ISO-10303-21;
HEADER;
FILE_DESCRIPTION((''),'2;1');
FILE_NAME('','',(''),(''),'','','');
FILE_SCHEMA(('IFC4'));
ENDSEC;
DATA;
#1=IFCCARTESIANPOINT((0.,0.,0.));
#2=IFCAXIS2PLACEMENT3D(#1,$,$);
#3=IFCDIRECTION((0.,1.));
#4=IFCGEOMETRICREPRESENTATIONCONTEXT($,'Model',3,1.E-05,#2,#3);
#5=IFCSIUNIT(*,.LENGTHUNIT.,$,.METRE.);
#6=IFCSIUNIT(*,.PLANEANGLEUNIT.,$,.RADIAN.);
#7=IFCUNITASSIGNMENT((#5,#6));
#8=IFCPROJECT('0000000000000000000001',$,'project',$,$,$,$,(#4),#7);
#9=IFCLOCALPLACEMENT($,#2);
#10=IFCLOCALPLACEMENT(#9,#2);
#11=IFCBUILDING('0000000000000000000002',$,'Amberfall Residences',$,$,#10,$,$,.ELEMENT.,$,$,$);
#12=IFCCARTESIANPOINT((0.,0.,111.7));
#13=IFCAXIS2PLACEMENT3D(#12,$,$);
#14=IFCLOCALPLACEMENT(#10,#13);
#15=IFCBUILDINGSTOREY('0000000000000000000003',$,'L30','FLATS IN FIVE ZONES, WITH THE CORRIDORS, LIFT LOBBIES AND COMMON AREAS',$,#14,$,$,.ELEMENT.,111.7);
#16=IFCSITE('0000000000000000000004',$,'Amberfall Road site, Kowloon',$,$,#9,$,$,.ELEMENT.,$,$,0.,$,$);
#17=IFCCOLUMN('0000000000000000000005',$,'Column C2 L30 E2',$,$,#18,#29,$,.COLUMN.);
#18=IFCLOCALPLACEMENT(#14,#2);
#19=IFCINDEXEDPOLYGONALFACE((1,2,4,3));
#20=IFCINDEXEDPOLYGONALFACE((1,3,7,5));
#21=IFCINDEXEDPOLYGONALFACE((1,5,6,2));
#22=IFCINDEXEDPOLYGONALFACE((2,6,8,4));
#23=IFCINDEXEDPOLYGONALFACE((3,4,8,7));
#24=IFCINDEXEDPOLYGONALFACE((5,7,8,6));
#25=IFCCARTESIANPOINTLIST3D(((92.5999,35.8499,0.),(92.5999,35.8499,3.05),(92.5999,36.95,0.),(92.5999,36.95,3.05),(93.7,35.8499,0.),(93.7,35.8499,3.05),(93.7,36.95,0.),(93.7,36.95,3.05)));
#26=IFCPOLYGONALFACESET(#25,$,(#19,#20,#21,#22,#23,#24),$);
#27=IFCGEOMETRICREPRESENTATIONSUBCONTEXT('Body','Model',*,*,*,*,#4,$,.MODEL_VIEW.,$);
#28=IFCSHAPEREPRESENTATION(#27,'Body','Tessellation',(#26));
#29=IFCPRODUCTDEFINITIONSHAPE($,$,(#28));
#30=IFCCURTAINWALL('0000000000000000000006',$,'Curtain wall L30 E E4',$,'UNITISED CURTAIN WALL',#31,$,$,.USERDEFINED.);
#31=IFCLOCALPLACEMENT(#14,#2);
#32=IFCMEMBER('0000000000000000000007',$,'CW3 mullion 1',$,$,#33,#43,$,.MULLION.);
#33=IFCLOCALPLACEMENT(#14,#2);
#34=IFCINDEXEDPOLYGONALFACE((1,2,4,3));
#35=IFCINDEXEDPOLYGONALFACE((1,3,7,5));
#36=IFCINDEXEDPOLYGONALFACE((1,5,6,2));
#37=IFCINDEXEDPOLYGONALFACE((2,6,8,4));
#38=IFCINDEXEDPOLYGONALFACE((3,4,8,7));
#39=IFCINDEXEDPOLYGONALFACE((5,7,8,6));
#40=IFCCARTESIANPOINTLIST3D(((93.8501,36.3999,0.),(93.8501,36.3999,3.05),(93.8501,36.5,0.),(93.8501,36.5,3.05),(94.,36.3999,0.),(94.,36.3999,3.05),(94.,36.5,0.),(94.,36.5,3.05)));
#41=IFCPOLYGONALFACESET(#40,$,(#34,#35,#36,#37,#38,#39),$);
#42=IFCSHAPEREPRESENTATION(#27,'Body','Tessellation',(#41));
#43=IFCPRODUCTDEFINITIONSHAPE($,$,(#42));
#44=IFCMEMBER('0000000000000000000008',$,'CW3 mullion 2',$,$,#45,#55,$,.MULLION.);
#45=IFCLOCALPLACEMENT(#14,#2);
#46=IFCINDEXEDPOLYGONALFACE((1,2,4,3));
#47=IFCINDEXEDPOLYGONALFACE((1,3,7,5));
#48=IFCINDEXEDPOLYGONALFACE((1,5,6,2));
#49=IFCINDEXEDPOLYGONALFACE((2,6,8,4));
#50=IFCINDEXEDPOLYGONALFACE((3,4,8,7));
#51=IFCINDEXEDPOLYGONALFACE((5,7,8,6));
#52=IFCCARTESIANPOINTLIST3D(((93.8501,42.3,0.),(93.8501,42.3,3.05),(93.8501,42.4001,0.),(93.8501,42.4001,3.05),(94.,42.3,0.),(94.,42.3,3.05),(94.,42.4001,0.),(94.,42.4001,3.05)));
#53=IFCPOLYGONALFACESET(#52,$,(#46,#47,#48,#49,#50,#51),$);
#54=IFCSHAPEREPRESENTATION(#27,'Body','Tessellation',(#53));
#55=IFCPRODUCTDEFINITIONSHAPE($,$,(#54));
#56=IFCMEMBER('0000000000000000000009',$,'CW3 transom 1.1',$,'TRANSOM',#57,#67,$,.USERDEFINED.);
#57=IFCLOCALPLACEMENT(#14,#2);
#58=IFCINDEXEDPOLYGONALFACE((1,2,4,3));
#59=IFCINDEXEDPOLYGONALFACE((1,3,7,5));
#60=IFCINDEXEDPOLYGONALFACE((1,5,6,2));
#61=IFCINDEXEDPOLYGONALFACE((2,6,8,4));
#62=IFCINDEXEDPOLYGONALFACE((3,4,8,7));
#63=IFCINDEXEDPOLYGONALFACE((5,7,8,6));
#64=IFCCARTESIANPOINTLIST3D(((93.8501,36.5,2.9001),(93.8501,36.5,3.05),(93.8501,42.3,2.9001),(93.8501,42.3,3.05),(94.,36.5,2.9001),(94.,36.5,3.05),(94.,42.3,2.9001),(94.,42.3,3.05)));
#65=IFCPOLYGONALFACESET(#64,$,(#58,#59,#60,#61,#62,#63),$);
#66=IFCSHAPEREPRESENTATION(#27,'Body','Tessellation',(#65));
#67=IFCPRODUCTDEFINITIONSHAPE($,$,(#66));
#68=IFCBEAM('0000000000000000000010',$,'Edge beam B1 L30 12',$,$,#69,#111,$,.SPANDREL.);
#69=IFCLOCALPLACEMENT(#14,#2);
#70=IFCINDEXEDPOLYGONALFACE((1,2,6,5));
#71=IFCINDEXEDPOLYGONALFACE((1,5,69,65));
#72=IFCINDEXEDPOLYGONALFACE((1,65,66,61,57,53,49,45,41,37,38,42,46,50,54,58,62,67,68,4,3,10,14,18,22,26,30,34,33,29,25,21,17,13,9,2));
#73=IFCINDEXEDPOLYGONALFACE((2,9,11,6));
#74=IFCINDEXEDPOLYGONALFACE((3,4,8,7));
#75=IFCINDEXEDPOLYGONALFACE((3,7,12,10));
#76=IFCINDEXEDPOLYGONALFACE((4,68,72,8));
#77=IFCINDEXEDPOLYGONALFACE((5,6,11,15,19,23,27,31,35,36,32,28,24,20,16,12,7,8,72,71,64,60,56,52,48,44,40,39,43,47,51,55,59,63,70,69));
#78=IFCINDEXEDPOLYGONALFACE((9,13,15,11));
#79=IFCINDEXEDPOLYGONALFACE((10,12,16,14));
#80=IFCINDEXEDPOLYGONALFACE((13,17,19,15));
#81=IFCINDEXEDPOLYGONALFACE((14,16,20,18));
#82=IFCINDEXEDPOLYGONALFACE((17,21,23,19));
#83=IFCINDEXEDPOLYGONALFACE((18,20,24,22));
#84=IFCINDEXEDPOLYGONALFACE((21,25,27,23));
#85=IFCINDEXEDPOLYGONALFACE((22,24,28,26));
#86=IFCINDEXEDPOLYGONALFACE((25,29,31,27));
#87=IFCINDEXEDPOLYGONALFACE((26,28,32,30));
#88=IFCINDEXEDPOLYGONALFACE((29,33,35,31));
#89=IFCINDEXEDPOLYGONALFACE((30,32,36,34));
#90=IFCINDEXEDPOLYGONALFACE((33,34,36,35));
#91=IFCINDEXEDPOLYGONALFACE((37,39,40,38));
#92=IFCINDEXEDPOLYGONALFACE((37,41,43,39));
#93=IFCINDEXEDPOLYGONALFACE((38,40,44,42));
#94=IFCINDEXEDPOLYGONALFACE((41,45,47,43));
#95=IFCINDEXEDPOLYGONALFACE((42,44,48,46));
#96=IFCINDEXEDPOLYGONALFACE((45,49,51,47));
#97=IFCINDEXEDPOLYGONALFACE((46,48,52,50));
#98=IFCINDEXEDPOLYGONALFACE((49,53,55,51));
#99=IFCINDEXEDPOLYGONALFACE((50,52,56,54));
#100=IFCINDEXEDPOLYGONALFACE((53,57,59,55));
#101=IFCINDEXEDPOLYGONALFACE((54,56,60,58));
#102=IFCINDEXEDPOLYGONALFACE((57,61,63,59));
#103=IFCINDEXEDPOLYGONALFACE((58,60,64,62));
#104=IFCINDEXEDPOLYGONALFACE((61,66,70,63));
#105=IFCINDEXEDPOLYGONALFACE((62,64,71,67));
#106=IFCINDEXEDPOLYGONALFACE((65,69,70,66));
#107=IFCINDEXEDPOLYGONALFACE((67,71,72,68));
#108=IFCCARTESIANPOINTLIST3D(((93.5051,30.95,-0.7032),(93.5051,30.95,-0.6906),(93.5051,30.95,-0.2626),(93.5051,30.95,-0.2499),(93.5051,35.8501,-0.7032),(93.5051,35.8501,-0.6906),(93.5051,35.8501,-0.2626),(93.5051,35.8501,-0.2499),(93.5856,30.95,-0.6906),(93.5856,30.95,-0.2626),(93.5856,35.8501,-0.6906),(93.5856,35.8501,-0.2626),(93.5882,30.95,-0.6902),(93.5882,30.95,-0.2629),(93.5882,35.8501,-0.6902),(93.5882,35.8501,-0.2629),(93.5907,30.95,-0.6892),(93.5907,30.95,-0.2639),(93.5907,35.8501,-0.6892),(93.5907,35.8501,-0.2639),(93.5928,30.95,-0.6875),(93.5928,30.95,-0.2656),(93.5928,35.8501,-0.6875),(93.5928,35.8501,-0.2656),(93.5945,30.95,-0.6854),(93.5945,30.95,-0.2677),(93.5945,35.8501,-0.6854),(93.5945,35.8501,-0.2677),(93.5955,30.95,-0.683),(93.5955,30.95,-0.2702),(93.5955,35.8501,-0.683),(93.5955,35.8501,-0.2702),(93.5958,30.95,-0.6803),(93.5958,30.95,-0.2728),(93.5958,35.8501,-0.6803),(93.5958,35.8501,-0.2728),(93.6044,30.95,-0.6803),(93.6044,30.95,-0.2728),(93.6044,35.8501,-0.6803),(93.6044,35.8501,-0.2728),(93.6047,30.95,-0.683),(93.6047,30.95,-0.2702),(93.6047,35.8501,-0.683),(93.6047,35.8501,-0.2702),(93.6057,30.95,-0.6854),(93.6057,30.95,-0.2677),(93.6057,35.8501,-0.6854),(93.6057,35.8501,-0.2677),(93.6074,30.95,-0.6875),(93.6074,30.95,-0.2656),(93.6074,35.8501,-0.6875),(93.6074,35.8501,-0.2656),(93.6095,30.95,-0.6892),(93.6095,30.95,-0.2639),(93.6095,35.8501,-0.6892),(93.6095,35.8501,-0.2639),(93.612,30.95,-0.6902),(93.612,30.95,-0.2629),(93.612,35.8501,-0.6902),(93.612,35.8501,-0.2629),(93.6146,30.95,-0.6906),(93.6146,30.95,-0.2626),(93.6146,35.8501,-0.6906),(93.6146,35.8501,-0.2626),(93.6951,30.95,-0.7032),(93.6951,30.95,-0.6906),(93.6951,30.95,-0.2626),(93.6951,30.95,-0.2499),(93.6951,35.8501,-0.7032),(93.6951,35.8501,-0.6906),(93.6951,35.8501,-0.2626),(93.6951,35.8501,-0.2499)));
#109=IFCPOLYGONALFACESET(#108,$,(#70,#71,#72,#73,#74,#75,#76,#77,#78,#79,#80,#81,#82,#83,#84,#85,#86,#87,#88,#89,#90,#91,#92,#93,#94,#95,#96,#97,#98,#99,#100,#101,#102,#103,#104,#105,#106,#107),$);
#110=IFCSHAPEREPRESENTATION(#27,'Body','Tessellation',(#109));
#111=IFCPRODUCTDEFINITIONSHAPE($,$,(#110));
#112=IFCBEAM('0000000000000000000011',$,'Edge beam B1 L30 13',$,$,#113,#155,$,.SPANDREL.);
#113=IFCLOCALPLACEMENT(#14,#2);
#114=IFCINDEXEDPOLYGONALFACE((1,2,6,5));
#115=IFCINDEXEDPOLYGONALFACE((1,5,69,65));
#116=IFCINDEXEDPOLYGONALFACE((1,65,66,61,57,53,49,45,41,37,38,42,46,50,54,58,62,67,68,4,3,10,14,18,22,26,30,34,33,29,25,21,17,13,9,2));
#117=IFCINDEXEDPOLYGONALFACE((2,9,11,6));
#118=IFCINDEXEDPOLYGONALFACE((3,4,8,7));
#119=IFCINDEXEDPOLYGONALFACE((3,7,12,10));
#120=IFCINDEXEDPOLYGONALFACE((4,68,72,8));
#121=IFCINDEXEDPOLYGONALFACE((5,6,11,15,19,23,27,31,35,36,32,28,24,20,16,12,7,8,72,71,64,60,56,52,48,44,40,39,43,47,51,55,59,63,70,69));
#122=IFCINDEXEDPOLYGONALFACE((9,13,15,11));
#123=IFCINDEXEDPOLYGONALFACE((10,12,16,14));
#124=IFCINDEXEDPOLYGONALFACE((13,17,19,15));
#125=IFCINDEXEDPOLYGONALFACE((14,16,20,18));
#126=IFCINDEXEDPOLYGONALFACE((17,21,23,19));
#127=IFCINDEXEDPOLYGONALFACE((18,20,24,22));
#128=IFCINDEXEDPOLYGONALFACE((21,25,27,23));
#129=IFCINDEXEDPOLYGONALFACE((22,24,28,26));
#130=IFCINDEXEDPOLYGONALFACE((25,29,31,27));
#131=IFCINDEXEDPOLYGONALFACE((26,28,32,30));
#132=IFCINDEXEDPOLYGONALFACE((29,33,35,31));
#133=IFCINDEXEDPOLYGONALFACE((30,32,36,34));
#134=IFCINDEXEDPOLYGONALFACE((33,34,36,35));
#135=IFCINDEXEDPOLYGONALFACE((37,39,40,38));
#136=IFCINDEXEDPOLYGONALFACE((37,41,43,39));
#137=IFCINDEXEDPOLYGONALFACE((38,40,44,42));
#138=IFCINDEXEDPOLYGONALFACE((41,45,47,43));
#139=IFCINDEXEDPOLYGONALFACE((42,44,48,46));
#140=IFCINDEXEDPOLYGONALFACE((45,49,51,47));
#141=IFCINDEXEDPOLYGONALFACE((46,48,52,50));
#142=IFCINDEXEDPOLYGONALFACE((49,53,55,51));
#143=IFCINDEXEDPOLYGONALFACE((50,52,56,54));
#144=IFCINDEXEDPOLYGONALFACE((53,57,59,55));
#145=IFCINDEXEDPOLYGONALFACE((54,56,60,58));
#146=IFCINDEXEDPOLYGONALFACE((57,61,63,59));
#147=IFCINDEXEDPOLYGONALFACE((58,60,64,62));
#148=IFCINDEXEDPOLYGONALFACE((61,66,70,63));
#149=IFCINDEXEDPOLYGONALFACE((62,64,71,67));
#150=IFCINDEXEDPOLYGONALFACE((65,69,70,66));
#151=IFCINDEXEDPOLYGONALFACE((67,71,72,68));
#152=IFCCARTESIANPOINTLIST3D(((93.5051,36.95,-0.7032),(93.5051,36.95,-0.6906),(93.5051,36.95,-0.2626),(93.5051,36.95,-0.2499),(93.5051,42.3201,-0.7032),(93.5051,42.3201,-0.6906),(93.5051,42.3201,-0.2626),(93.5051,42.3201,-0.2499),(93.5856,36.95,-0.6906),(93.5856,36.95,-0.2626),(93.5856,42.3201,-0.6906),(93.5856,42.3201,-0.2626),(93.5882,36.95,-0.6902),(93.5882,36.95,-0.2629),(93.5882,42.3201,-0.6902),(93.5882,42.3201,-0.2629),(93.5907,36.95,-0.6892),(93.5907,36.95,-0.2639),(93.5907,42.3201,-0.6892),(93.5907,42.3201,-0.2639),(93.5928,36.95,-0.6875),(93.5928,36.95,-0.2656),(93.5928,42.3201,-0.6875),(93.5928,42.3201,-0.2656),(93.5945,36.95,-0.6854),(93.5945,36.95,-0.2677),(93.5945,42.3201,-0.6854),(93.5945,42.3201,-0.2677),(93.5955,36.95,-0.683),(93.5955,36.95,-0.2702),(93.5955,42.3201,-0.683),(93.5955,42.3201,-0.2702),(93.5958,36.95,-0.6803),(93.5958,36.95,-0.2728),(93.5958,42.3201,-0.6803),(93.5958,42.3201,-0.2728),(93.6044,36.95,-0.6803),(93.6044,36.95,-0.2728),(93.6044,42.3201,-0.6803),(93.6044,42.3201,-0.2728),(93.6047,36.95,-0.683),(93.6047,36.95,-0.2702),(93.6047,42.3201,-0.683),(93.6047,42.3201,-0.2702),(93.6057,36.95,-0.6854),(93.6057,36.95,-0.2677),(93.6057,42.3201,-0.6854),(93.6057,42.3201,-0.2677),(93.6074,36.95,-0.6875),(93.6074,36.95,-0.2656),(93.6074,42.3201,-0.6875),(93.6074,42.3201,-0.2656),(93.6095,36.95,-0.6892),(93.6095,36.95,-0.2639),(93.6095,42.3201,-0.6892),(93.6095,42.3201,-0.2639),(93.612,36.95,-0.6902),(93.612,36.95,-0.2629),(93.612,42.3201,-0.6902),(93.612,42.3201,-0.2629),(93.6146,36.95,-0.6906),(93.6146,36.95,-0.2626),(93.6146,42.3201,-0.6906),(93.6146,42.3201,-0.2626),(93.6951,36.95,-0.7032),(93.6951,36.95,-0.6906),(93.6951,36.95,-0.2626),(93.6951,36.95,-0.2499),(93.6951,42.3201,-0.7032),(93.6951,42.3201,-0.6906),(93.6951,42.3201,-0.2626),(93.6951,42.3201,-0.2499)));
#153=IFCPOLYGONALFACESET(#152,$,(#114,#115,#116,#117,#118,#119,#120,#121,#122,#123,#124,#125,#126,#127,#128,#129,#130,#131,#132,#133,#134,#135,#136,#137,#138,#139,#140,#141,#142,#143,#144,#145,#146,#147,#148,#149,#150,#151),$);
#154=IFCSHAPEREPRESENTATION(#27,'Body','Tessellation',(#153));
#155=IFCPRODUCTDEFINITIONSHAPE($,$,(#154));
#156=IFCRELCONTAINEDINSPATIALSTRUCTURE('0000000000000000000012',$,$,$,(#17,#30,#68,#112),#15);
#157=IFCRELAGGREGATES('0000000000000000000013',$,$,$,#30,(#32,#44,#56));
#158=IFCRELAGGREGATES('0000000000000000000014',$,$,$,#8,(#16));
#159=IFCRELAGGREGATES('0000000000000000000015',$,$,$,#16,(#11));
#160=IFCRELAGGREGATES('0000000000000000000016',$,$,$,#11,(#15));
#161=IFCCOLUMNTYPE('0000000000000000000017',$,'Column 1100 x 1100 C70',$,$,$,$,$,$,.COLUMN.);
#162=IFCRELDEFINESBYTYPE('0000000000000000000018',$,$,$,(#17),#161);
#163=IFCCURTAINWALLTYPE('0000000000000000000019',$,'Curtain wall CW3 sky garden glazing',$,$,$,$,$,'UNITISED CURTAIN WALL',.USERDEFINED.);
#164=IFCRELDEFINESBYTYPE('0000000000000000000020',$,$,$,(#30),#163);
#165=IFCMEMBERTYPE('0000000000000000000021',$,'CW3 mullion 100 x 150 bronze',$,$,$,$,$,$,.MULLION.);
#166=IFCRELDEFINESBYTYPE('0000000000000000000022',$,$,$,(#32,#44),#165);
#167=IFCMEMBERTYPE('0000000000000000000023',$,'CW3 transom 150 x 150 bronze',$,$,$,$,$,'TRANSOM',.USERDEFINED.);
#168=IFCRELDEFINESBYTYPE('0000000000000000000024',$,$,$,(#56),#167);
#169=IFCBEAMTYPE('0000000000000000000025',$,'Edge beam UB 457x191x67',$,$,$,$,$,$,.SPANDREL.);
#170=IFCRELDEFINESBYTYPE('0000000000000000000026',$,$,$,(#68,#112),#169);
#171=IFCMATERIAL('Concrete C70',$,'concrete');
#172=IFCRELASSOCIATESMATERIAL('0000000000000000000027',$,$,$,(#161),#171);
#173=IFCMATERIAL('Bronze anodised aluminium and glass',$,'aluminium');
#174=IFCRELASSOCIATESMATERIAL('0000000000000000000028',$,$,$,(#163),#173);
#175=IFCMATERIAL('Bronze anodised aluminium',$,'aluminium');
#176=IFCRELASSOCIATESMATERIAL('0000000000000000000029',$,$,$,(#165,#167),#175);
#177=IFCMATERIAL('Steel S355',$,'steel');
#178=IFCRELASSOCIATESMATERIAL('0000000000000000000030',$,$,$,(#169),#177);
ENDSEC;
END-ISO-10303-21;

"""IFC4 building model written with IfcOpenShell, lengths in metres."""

from ifc_helpers import new_model, si_unit, direction, frame, origin, origin_2d, place, context, subcontext, project, spatial, rectangle, i_section, extrude, material, material_profile, profile_set, type_object, element, aggregate, save


model = new_model("IFC4")

# Units and contexts
model_context = context("Model", 3, precision=1e-05, world=origin(), true_north=direction((0.0, 1.0)))
body_context = subcontext(model_context, "Body", "Model", "MODEL_VIEW")
ifc_project = project(units=[si_unit("LENGTHUNIT", "METRE"), si_unit("PLANEANGLEUNIT", "RADIAN")], contexts=[model_context])

# Site, building, storey
site_placement = place(None, origin())
site = spatial("IfcSite", under=ifc_project, at=site_placement, Name="Amberfall Road site, Kowloon", CompositionType="ELEMENT", RefElevation=0.0)
building_placement = place(site_placement, origin())
building = spatial("IfcBuilding", under=site, at=building_placement, Name="Amberfall Residences", CompositionType="ELEMENT")
storey_placement = place(building_placement, frame((0.0, 0.0, 111.7)))
storey = spatial("IfcBuildingStorey", under=building, at=storey_placement, Name="L30", Description="FLATS IN FIVE ZONES, WITH THE CORRIDORS, LIFT LOBBIES AND COMMON AREAS", CompositionType="ELEMENT", Elevation=111.7)

# Column
ifc_material_1 = material(Name="Concrete C70", Category="concrete")
ifc_material_profile_1 = material_profile(ifc_material_1, rectangle(XDim=1.1001, YDim=1.1001, at=origin_2d()), Name="Column 1100 x 1100 C70")
ifc_profile_set_1 = profile_set([ifc_material_profile_1], Name="Concrete C70")
column_type = type_object("IfcColumnType", Name="Column 1100 x 1100 C70", PredefinedType="COLUMN", material=ifc_profile_set_1)
column_placement = place(storey_placement, frame((93.1499, 36.3999, 0.0), z_axis=(0.0, 0.0, 1.0), x_axis=(1.0, 0.0, 0.0)))
element("IfcColumn", 1, at=column_placement, inside=storey, type_object=column_type, Name="Column C2 L30 E2", PredefinedType="COLUMN", context=body_context, shape_type="SweptSolid", body=[
    extrude(rectangle(XDim=1.1001, YDim=1.1001, at=origin_2d()), origin(), (0.0, 0.0, 1.0), 3.05),
])

# Curtain wall, members
ifc_material_2 = material(Name="Bronze anodised aluminium and glass", Category="aluminium")
curtain_wall_type = type_object("IfcCurtainWallType", Name="Curtain wall CW3 sky garden glazing", ElementType="UNITISED CURTAIN WALL", PredefinedType="USERDEFINED", material=ifc_material_2)
curtain_wall_placement = place(storey_placement, origin())
curtain_wall = element("IfcCurtainWall", 2, at=curtain_wall_placement, inside=storey, type_object=curtain_wall_type, Name="Curtain wall L30 E E4", ObjectType="UNITISED CURTAIN WALL", PredefinedType="USERDEFINED")
ifc_material_3 = material(Name="Bronze anodised aluminium", Category="aluminium")
ifc_material_profile_2 = material_profile(ifc_material_3, rectangle(XDim=0.1499, YDim=0.1001, at=origin_2d()), Name="CW3 mullion 100 x 150 bronze")
ifc_profile_set_2 = profile_set([ifc_material_profile_2], Name="Bronze anodised aluminium")
member_type_1 = type_object("IfcMemberType", Name="CW3 mullion 100 x 150 bronze", PredefinedType="MULLION", material=ifc_profile_set_2)
member_1_placement = place(storey_placement, frame((93.925, 36.45, 0.0), z_axis=(0.0, 0.0, 1.0), x_axis=(-1.0, 0.0, 0.0)))
member_1 = element("IfcMember", 3, at=member_1_placement, type_object=member_type_1, Name="CW3 mullion 1", PredefinedType="MULLION", context=body_context, shape_type="SweptSolid", body=[
    extrude(rectangle(XDim=0.1499, YDim=0.1001, at=origin_2d()), origin(), (0.0, 0.0, 1.0), 3.05),
])
member_2_placement = place(storey_placement, frame((93.925, 42.3501, 0.0), z_axis=(0.0, 0.0, 1.0), x_axis=(-1.0, 0.0, 0.0)))
member_2 = element("IfcMember", 4, at=member_2_placement, type_object=member_type_1, Name="CW3 mullion 2", PredefinedType="MULLION", context=body_context, shape_type="SweptSolid", body=[
    extrude(rectangle(XDim=0.1499, YDim=0.1001, at=origin_2d()), origin(), (0.0, 0.0, 1.0), 3.05),
])
ifc_material_profile_3 = material_profile(ifc_material_3, rectangle(XDim=0.1499, YDim=0.1499, at=origin_2d()), Name="CW3 transom 150 x 150 bronze")
ifc_profile_set_3 = profile_set([ifc_material_profile_3], Name="Bronze anodised aluminium")
member_type_2 = type_object("IfcMemberType", Name="CW3 transom 150 x 150 bronze", ElementType="TRANSOM", PredefinedType="USERDEFINED", material=ifc_profile_set_3)
member_3_placement = place(storey_placement, frame((93.925, 36.5, 2.9751), z_axis=(0.0, 1.0, 0.0), x_axis=(-1.0, 0.0, 0.0)))
member_3 = element("IfcMember", 5, at=member_3_placement, type_object=member_type_2, Name="CW3 transom 1.1", ObjectType="TRANSOM", PredefinedType="USERDEFINED", context=body_context, shape_type="SweptSolid", body=[
    extrude(rectangle(XDim=0.1499, YDim=0.1499, at=origin_2d()), origin(), (0.0, 0.0, 1.0), 5.8),
])

# Beams
ifc_material_4 = material(Name="Steel S355", Category="steel")
ifc_material_profile_4 = material_profile(ifc_material_4, i_section(OverallWidth=0.1899, OverallDepth=0.4534, WebThickness=0.0085, FlangeThickness=0.0127, FilletRadius=0.0103, at=origin_2d()), Name="UB 457x191x67")
ifc_profile_set_4 = profile_set([ifc_material_profile_4], Name="Steel S355")
beam_type_1 = type_object("IfcBeamType", Name="Edge beam UB 457x191x67", PredefinedType="SPANDREL", material=ifc_profile_set_4)
beam_1_placement = place(storey_placement, frame((93.6001, 30.95, -0.4766), z_axis=(0.0, 1.0, 0.0), x_axis=(-1.0, 0.0, 0.0)))
element("IfcBeam", 6, at=beam_1_placement, inside=storey, type_object=beam_type_1, Name="Edge beam B1 L30 12", PredefinedType="SPANDREL", context=body_context, shape_type="SweptSolid", body=[
    extrude(i_section(OverallWidth=0.1899, OverallDepth=0.4534, WebThickness=0.0085, FlangeThickness=0.0127, FilletRadius=0.0103, at=origin_2d()), origin(), (0.0, 0.0, 1.0), 4.9001),
])
beam_2_placement = place(storey_placement, frame((93.6001, 36.95, -0.4766), z_axis=(0.0, 1.0, 0.0), x_axis=(-1.0, 0.0, 0.0)))
element("IfcBeam", 7, at=beam_2_placement, inside=storey, type_object=beam_type_1, Name="Edge beam B1 L30 13", PredefinedType="SPANDREL", context=body_context, shape_type="SweptSolid", body=[
    extrude(i_section(OverallWidth=0.1899, OverallDepth=0.4534, WebThickness=0.0085, FlangeThickness=0.0127, FilletRadius=0.0103, at=origin_2d()), origin(), (0.0, 0.0, 1.0), 5.3701),
])

aggregate(curtain_wall, [member_1, member_2, member_3])

save(model, "model.ifc")
